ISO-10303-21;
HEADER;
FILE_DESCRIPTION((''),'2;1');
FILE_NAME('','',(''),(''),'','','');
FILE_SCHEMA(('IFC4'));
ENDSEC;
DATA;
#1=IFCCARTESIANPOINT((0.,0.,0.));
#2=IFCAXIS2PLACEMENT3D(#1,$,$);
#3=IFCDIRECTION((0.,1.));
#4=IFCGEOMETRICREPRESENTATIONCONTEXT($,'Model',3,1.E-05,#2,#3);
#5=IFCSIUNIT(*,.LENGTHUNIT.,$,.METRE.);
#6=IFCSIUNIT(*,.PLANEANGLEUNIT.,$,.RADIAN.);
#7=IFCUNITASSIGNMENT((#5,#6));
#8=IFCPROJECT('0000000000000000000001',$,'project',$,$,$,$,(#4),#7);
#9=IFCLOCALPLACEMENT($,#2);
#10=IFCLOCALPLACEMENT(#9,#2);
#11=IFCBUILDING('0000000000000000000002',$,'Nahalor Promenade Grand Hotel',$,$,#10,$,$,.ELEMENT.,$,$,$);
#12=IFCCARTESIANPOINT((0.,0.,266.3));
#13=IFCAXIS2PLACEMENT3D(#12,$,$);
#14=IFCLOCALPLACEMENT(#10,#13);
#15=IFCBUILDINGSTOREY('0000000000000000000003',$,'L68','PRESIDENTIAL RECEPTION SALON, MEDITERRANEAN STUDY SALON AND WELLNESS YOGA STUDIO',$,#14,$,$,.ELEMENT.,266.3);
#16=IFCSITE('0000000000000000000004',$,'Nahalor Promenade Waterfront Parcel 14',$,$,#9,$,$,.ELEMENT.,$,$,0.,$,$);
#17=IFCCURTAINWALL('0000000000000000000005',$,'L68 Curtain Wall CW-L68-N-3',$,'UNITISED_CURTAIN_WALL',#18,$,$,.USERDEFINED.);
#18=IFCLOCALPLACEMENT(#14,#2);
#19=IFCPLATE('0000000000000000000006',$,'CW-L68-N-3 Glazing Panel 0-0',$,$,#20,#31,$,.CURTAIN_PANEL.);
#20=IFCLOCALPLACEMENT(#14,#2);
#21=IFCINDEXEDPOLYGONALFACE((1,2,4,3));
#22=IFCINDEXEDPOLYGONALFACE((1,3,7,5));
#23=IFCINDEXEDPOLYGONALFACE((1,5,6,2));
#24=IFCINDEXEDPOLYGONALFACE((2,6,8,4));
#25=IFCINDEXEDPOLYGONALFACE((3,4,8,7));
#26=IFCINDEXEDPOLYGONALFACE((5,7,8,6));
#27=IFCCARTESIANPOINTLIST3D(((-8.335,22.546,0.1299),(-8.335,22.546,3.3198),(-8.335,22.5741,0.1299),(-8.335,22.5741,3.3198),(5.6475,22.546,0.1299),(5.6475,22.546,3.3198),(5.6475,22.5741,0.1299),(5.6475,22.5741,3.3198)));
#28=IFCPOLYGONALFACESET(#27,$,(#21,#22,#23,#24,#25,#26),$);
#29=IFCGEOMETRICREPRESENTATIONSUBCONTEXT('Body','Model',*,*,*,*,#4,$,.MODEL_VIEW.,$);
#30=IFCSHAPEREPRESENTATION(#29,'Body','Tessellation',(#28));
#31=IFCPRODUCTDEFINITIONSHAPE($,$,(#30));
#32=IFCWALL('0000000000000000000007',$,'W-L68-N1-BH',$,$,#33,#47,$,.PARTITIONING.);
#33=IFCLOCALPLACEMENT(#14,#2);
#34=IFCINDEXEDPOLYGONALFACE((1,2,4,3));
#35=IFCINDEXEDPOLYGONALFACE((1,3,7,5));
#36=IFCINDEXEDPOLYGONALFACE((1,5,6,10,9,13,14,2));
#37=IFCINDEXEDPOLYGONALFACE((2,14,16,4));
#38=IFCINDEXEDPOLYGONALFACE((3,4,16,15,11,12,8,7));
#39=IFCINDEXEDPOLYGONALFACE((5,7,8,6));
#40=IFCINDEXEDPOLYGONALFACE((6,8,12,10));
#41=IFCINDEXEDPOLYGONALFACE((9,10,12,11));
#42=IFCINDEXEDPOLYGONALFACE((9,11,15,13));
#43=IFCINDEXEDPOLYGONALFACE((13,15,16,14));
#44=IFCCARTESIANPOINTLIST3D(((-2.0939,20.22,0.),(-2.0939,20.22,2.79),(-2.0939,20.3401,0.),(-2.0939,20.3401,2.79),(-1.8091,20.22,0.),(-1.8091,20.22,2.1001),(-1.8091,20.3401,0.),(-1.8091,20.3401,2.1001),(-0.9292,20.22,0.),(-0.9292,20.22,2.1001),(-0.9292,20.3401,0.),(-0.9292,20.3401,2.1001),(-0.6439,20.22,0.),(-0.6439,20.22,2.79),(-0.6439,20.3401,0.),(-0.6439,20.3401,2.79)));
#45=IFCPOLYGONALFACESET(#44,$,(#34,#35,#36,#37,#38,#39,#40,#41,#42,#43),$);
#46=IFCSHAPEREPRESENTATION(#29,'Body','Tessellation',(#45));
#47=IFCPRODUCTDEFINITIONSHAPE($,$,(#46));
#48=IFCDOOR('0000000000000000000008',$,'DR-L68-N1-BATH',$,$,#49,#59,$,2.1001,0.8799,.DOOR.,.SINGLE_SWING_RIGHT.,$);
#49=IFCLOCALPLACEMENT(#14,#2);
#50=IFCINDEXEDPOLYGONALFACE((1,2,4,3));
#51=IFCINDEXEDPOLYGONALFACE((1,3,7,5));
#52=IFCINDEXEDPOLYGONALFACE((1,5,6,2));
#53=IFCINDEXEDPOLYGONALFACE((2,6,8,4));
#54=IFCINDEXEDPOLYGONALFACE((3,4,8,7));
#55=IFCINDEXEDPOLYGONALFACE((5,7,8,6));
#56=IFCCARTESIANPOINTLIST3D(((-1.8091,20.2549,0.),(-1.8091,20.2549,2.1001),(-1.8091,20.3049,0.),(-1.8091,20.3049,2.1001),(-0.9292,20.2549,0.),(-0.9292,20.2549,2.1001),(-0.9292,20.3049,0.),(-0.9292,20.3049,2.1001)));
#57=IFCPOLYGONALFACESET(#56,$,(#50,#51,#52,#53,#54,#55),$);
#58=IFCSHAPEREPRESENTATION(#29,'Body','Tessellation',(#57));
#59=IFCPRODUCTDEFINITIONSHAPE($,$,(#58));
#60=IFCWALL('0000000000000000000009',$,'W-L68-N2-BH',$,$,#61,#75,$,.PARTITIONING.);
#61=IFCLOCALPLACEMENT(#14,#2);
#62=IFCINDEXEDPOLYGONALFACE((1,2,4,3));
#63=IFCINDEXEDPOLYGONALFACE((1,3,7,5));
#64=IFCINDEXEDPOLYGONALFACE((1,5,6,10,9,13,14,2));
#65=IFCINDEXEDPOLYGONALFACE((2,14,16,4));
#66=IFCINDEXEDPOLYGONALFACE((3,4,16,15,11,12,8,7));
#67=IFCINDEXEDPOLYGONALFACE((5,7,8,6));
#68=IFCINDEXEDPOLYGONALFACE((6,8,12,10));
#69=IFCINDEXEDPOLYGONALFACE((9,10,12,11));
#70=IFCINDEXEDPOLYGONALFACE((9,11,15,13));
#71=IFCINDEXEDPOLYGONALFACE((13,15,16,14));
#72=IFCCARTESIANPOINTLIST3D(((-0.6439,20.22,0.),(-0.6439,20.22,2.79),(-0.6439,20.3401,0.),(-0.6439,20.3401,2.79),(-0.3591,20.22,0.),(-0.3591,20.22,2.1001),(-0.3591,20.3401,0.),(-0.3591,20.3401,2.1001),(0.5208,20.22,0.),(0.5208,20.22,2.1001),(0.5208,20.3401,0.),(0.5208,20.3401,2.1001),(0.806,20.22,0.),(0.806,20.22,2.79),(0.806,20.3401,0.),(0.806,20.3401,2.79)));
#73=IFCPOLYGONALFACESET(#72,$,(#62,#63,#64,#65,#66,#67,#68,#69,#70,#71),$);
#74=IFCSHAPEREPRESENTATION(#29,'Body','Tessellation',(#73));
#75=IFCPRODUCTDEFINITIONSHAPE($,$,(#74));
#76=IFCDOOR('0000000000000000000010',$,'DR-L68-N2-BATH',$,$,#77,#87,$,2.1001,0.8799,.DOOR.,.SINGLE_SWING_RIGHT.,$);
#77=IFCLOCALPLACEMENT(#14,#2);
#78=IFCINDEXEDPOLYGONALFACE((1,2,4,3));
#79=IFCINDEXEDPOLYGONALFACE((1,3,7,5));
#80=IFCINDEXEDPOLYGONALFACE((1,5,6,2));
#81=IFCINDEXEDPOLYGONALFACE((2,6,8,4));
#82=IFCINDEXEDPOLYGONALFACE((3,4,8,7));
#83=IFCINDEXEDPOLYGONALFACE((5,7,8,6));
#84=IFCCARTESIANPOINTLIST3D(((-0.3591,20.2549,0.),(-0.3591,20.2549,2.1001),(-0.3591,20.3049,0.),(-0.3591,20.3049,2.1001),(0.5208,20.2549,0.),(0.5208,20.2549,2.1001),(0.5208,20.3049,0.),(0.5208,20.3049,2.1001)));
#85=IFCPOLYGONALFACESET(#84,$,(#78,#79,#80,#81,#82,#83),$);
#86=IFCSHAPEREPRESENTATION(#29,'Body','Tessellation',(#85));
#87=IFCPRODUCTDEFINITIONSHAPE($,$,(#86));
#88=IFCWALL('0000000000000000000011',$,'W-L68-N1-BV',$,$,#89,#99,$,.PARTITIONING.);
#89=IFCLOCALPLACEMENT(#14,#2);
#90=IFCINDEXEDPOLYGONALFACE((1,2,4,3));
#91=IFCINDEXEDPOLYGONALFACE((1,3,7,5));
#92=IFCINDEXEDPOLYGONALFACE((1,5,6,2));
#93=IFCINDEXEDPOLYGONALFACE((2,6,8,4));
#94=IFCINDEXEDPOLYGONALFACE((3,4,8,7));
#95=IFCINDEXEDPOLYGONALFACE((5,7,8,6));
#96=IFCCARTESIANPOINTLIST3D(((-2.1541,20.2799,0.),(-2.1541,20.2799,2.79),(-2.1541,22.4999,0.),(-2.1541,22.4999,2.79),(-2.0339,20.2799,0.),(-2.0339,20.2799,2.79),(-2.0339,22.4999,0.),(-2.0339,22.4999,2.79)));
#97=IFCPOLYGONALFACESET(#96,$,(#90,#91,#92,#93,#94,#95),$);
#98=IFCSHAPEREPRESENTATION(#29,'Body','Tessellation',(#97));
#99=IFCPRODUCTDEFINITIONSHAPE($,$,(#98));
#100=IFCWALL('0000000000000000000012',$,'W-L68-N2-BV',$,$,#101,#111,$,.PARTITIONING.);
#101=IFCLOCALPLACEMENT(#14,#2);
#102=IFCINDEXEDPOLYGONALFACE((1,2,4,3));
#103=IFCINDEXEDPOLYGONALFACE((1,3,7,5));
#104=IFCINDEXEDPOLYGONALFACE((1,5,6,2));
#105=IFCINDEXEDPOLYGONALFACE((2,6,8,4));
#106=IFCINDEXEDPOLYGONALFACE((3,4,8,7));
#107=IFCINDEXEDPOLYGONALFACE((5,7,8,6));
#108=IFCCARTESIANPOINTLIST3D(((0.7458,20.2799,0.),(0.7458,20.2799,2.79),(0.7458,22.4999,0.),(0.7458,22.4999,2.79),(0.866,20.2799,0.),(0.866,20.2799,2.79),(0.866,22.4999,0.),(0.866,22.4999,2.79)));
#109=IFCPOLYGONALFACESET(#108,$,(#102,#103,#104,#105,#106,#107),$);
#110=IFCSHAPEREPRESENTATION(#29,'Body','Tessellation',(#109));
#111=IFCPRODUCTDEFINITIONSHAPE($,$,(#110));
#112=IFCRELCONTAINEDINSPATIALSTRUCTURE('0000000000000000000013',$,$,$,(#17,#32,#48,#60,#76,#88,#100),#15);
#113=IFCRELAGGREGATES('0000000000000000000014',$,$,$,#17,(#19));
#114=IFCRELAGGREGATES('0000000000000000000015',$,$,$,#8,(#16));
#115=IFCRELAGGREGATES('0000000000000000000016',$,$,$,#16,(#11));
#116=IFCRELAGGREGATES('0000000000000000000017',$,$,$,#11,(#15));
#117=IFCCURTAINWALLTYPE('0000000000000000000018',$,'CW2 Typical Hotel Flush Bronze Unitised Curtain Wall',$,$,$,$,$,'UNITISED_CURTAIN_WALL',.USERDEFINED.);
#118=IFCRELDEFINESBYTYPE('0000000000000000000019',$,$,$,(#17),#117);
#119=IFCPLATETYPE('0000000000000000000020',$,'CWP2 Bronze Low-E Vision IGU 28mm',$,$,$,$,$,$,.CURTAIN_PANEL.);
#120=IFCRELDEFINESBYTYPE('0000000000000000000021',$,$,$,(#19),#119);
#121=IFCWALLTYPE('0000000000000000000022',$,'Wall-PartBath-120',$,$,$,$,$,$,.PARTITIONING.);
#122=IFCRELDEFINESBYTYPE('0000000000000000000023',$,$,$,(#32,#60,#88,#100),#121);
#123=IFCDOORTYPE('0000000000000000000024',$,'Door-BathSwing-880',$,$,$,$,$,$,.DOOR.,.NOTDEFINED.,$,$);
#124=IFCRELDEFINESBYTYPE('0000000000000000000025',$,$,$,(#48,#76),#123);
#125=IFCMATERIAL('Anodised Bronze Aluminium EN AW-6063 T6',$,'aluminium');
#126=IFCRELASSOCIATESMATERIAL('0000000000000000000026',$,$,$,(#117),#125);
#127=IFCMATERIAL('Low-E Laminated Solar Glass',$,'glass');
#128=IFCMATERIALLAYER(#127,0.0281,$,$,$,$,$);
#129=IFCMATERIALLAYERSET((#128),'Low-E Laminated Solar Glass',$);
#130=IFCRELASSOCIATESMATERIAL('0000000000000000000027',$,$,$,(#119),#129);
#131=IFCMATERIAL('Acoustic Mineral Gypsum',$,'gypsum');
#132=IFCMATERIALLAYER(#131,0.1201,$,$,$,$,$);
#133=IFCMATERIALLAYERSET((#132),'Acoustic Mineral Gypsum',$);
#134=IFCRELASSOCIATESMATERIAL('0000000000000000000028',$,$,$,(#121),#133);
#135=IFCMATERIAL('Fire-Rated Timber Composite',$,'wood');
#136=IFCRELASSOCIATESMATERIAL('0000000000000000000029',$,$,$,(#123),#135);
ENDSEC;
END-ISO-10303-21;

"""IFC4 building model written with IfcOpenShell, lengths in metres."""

from ifc_helpers import new_model, si_unit, direction, frame, frame_2d, origin, origin_2d, place, context, subcontext, project, spatial, rectangle, extrude, source, transform, mapped, material, layer, layer_set, type_object, element, fill, aggregate, save


model = new_model("IFC4")

# Units and contexts
model_context = context("Model", 3, precision=1e-05, world=origin(), true_north=direction((0.0, 1.0)))
body_context = subcontext(model_context, "Body", "Model", "MODEL_VIEW")
ifc_project = project(units=[si_unit("LENGTHUNIT", "METRE"), si_unit("PLANEANGLEUNIT", "RADIAN")], contexts=[model_context])

# Site, building, storey
site_placement = place(None, origin())
site = spatial("IfcSite", under=ifc_project, at=site_placement, Name="Nahalor Promenade Waterfront Parcel 14", CompositionType="ELEMENT", RefElevation=0.0)
building_placement = place(site_placement, origin())
building = spatial("IfcBuilding", under=site, at=building_placement, Name="Nahalor Promenade Grand Hotel", CompositionType="ELEMENT")
storey_placement = place(building_placement, frame((0.0, 0.0, 266.3)))
storey = spatial("IfcBuildingStorey", under=building, at=storey_placement, Name="L68", Description="PRESIDENTIAL RECEPTION SALON, MEDITERRANEAN STUDY SALON AND WELLNESS YOGA STUDIO", CompositionType="ELEMENT", Elevation=266.3)

# Curtain wall, plate
ifc_material_1 = material(Name="Anodised Bronze Aluminium EN AW-6063 T6", Category="aluminium")
curtain_wall_type = type_object("IfcCurtainWallType", Name="CW2 Typical Hotel Flush Bronze Unitised Curtain Wall", ElementType="UNITISED_CURTAIN_WALL", PredefinedType="USERDEFINED", material=ifc_material_1)
curtain_wall_placement = place(storey_placement, origin())
curtain_wall = element("IfcCurtainWall", 1, at=curtain_wall_placement, inside=storey, type_object=curtain_wall_type, Name="L68 Curtain Wall CW-L68-N-3", ObjectType="UNITISED_CURTAIN_WALL", PredefinedType="USERDEFINED")
ifc_material_2 = material(Name="Low-E Laminated Solar Glass", Category="glass")
ifc_layer_1 = layer(ifc_material_2, 0.0281)
ifc_layer_set_1 = layer_set([ifc_layer_1], Name="Low-E Laminated Solar Glass")
plate_type = type_object("IfcPlateType", Name="CWP2 Bronze Low-E Vision IGU 28mm", PredefinedType="CURTAIN_PANEL", material=ifc_layer_set_1)
shared_shape_1 = source(origin(), body_context, "Body", "SweptSolid", [
    extrude(rectangle(XDim=13.9824, YDim=0.0281, at=origin_2d()), origin(), (0.0, 0.0, 1.0), 3.1899),
])
plate_placement = place(storey_placement, frame((-1.3438, 22.5601, 0.1299), z_axis=(0.0, 0.0, 1.0), x_axis=(1.0, 0.0, 0.0)))
plate = element("IfcPlate", 2, at=plate_placement, type_object=plate_type, Name="CW-L68-N-3 Glazing Panel 0-0", PredefinedType="CURTAIN_PANEL", context=body_context, shape_type="MappedRepresentation", body=[
    mapped(shared_shape_1, transform((0.0, 0.0, 0.0), scale=1.0)),
])
aggregate(curtain_wall, [plate])

# Walls, openings, doors
ifc_material_3 = material(Name="Acoustic Mineral Gypsum", Category="gypsum")
ifc_layer_2 = layer(ifc_material_3, 0.1201)
ifc_layer_set_2 = layer_set([ifc_layer_2], Name="Acoustic Mineral Gypsum")
wall_type = type_object("IfcWallType", Name="Wall-PartBath-120", PredefinedType="PARTITIONING", material=ifc_layer_set_2)
shared_shape_2 = source(origin(), body_context, "Body", "SweptSolid", [
    extrude(rectangle(XDim=1.45, YDim=0.1201, at=frame_2d((0.7251, 0.0))), origin(), (0.0, 0.0, 1.0), 2.79),
])
wall_1_placement = place(storey_placement, frame((-2.094, 20.28, 0.0), z_axis=(0.0, 0.0, 1.0), x_axis=(1.0, 0.0, 0.0)))
wall_1 = element("IfcWall", 3, at=wall_1_placement, inside=storey, type_object=wall_type, Name="W-L68-N1-BH", PredefinedType="PARTITIONING", context=body_context, shape_type="MappedRepresentation", body=[
    mapped(shared_shape_2, transform((0.0, 0.0, 0.0), scale=1.0)),
])
opening_1_placement = place(wall_1_placement, frame((0.2849, 0.0, 0.0)))
opening_1 = element("IfcOpeningElement", 4, at=opening_1_placement, cuts=wall_1, PredefinedType="OPENING", context=body_context, shape_type="SweptSolid", body=[
    extrude(rectangle(XDim=0.8799, YDim=2.1001, at=frame_2d((0.4399, 1.05))), frame((0.0, 0.0701, 0.0), z_axis=(0.0, -1.0, 0.0), x_axis=(1.0, 0.0, 0.0)), (0.0, 0.0, 1.0), 0.1401),
])
ifc_material_4 = material(Name="Fire-Rated Timber Composite", Category="wood")
door_type = type_object("IfcDoorType", Name="Door-BathSwing-880", OperationType="NOTDEFINED", PredefinedType="DOOR", material=ifc_material_4)
shared_shape_3 = source(origin(), body_context, "Body", "SweptSolid", [
    extrude(rectangle(XDim=0.8799, YDim=2.1001, at=frame_2d((0.4399, 1.05))), frame((0.0, 0.0249, 0.0), z_axis=(0.0, -1.0, 0.0), x_axis=(1.0, 0.0, 0.0)), (0.0, 0.0, 1.0), 0.05),
])
door_1_placement = place(opening_1_placement, origin())
door_1 = element("IfcDoor", 5, at=door_1_placement, inside=storey, type_object=door_type, Name="DR-L68-N1-BATH", OperationType="SINGLE_SWING_RIGHT", OverallHeight=2.1001, OverallWidth=0.8799, PredefinedType="DOOR", context=body_context, shape_type="MappedRepresentation", body=[
    mapped(shared_shape_3, transform((0.0, 0.0, 0.0), scale=1.0)),
])
fill(opening_1, door_1)
wall_2_placement = place(storey_placement, frame((-0.644, 20.28, 0.0), z_axis=(0.0, 0.0, 1.0), x_axis=(1.0, 0.0, 0.0)))
wall_2 = element("IfcWall", 6, at=wall_2_placement, inside=storey, type_object=wall_type, Name="W-L68-N2-BH", PredefinedType="PARTITIONING", context=body_context, shape_type="MappedRepresentation", body=[
    mapped(shared_shape_2, transform((0.0, 0.0, 0.0), scale=1.0)),
])
opening_2_placement = place(wall_2_placement, frame((0.2849, 0.0, 0.0)))
opening_2 = element("IfcOpeningElement", 7, at=opening_2_placement, cuts=wall_2, PredefinedType="OPENING", context=body_context, shape_type="SweptSolid", body=[
    extrude(rectangle(XDim=0.8799, YDim=2.1001, at=frame_2d((0.4399, 1.05))), frame((0.0, 0.0701, 0.0), z_axis=(0.0, -1.0, 0.0), x_axis=(1.0, 0.0, 0.0)), (0.0, 0.0, 1.0), 0.1401),
])
door_2_placement = place(opening_2_placement, origin())
door_2 = element("IfcDoor", 8, at=door_2_placement, inside=storey, type_object=door_type, Name="DR-L68-N2-BATH", OperationType="SINGLE_SWING_RIGHT", OverallHeight=2.1001, OverallWidth=0.8799, PredefinedType="DOOR", context=body_context, shape_type="MappedRepresentation", body=[
    mapped(shared_shape_3, transform((0.0, 0.0, 0.0), scale=1.0)),
])
fill(opening_2, door_2)

# Walls
shared_shape_4 = source(origin(), body_context, "Body", "SweptSolid", [
    extrude(rectangle(XDim=2.22, YDim=0.1201, at=frame_2d((1.1099, 0.0))), origin(), (0.0, 0.0, 1.0), 2.79),
])
for number, where, z_axis, x_axis, name in (
    (9, (-2.094, 20.28, 0.0), (0.0, 0.0, 1.0), (0.0, 1.0, 0.0), "W-L68-N1-BV"),
    (10, (0.8059, 20.28, 0.0), (0.0, 0.0, 1.0), (0.0, 1.0, 0.0), "W-L68-N2-BV"),
):
    element("IfcWall", number, at=place(storey_placement, frame(where, z_axis=z_axis, x_axis=x_axis)), inside=storey, type_object=wall_type, Name=name, PredefinedType="PARTITIONING", context=body_context, shape_type="MappedRepresentation", body=[
        mapped(shared_shape_4, transform((0.0, 0.0, 0.0), scale=1.0)),
    ])

save(model, "model.ifc")
